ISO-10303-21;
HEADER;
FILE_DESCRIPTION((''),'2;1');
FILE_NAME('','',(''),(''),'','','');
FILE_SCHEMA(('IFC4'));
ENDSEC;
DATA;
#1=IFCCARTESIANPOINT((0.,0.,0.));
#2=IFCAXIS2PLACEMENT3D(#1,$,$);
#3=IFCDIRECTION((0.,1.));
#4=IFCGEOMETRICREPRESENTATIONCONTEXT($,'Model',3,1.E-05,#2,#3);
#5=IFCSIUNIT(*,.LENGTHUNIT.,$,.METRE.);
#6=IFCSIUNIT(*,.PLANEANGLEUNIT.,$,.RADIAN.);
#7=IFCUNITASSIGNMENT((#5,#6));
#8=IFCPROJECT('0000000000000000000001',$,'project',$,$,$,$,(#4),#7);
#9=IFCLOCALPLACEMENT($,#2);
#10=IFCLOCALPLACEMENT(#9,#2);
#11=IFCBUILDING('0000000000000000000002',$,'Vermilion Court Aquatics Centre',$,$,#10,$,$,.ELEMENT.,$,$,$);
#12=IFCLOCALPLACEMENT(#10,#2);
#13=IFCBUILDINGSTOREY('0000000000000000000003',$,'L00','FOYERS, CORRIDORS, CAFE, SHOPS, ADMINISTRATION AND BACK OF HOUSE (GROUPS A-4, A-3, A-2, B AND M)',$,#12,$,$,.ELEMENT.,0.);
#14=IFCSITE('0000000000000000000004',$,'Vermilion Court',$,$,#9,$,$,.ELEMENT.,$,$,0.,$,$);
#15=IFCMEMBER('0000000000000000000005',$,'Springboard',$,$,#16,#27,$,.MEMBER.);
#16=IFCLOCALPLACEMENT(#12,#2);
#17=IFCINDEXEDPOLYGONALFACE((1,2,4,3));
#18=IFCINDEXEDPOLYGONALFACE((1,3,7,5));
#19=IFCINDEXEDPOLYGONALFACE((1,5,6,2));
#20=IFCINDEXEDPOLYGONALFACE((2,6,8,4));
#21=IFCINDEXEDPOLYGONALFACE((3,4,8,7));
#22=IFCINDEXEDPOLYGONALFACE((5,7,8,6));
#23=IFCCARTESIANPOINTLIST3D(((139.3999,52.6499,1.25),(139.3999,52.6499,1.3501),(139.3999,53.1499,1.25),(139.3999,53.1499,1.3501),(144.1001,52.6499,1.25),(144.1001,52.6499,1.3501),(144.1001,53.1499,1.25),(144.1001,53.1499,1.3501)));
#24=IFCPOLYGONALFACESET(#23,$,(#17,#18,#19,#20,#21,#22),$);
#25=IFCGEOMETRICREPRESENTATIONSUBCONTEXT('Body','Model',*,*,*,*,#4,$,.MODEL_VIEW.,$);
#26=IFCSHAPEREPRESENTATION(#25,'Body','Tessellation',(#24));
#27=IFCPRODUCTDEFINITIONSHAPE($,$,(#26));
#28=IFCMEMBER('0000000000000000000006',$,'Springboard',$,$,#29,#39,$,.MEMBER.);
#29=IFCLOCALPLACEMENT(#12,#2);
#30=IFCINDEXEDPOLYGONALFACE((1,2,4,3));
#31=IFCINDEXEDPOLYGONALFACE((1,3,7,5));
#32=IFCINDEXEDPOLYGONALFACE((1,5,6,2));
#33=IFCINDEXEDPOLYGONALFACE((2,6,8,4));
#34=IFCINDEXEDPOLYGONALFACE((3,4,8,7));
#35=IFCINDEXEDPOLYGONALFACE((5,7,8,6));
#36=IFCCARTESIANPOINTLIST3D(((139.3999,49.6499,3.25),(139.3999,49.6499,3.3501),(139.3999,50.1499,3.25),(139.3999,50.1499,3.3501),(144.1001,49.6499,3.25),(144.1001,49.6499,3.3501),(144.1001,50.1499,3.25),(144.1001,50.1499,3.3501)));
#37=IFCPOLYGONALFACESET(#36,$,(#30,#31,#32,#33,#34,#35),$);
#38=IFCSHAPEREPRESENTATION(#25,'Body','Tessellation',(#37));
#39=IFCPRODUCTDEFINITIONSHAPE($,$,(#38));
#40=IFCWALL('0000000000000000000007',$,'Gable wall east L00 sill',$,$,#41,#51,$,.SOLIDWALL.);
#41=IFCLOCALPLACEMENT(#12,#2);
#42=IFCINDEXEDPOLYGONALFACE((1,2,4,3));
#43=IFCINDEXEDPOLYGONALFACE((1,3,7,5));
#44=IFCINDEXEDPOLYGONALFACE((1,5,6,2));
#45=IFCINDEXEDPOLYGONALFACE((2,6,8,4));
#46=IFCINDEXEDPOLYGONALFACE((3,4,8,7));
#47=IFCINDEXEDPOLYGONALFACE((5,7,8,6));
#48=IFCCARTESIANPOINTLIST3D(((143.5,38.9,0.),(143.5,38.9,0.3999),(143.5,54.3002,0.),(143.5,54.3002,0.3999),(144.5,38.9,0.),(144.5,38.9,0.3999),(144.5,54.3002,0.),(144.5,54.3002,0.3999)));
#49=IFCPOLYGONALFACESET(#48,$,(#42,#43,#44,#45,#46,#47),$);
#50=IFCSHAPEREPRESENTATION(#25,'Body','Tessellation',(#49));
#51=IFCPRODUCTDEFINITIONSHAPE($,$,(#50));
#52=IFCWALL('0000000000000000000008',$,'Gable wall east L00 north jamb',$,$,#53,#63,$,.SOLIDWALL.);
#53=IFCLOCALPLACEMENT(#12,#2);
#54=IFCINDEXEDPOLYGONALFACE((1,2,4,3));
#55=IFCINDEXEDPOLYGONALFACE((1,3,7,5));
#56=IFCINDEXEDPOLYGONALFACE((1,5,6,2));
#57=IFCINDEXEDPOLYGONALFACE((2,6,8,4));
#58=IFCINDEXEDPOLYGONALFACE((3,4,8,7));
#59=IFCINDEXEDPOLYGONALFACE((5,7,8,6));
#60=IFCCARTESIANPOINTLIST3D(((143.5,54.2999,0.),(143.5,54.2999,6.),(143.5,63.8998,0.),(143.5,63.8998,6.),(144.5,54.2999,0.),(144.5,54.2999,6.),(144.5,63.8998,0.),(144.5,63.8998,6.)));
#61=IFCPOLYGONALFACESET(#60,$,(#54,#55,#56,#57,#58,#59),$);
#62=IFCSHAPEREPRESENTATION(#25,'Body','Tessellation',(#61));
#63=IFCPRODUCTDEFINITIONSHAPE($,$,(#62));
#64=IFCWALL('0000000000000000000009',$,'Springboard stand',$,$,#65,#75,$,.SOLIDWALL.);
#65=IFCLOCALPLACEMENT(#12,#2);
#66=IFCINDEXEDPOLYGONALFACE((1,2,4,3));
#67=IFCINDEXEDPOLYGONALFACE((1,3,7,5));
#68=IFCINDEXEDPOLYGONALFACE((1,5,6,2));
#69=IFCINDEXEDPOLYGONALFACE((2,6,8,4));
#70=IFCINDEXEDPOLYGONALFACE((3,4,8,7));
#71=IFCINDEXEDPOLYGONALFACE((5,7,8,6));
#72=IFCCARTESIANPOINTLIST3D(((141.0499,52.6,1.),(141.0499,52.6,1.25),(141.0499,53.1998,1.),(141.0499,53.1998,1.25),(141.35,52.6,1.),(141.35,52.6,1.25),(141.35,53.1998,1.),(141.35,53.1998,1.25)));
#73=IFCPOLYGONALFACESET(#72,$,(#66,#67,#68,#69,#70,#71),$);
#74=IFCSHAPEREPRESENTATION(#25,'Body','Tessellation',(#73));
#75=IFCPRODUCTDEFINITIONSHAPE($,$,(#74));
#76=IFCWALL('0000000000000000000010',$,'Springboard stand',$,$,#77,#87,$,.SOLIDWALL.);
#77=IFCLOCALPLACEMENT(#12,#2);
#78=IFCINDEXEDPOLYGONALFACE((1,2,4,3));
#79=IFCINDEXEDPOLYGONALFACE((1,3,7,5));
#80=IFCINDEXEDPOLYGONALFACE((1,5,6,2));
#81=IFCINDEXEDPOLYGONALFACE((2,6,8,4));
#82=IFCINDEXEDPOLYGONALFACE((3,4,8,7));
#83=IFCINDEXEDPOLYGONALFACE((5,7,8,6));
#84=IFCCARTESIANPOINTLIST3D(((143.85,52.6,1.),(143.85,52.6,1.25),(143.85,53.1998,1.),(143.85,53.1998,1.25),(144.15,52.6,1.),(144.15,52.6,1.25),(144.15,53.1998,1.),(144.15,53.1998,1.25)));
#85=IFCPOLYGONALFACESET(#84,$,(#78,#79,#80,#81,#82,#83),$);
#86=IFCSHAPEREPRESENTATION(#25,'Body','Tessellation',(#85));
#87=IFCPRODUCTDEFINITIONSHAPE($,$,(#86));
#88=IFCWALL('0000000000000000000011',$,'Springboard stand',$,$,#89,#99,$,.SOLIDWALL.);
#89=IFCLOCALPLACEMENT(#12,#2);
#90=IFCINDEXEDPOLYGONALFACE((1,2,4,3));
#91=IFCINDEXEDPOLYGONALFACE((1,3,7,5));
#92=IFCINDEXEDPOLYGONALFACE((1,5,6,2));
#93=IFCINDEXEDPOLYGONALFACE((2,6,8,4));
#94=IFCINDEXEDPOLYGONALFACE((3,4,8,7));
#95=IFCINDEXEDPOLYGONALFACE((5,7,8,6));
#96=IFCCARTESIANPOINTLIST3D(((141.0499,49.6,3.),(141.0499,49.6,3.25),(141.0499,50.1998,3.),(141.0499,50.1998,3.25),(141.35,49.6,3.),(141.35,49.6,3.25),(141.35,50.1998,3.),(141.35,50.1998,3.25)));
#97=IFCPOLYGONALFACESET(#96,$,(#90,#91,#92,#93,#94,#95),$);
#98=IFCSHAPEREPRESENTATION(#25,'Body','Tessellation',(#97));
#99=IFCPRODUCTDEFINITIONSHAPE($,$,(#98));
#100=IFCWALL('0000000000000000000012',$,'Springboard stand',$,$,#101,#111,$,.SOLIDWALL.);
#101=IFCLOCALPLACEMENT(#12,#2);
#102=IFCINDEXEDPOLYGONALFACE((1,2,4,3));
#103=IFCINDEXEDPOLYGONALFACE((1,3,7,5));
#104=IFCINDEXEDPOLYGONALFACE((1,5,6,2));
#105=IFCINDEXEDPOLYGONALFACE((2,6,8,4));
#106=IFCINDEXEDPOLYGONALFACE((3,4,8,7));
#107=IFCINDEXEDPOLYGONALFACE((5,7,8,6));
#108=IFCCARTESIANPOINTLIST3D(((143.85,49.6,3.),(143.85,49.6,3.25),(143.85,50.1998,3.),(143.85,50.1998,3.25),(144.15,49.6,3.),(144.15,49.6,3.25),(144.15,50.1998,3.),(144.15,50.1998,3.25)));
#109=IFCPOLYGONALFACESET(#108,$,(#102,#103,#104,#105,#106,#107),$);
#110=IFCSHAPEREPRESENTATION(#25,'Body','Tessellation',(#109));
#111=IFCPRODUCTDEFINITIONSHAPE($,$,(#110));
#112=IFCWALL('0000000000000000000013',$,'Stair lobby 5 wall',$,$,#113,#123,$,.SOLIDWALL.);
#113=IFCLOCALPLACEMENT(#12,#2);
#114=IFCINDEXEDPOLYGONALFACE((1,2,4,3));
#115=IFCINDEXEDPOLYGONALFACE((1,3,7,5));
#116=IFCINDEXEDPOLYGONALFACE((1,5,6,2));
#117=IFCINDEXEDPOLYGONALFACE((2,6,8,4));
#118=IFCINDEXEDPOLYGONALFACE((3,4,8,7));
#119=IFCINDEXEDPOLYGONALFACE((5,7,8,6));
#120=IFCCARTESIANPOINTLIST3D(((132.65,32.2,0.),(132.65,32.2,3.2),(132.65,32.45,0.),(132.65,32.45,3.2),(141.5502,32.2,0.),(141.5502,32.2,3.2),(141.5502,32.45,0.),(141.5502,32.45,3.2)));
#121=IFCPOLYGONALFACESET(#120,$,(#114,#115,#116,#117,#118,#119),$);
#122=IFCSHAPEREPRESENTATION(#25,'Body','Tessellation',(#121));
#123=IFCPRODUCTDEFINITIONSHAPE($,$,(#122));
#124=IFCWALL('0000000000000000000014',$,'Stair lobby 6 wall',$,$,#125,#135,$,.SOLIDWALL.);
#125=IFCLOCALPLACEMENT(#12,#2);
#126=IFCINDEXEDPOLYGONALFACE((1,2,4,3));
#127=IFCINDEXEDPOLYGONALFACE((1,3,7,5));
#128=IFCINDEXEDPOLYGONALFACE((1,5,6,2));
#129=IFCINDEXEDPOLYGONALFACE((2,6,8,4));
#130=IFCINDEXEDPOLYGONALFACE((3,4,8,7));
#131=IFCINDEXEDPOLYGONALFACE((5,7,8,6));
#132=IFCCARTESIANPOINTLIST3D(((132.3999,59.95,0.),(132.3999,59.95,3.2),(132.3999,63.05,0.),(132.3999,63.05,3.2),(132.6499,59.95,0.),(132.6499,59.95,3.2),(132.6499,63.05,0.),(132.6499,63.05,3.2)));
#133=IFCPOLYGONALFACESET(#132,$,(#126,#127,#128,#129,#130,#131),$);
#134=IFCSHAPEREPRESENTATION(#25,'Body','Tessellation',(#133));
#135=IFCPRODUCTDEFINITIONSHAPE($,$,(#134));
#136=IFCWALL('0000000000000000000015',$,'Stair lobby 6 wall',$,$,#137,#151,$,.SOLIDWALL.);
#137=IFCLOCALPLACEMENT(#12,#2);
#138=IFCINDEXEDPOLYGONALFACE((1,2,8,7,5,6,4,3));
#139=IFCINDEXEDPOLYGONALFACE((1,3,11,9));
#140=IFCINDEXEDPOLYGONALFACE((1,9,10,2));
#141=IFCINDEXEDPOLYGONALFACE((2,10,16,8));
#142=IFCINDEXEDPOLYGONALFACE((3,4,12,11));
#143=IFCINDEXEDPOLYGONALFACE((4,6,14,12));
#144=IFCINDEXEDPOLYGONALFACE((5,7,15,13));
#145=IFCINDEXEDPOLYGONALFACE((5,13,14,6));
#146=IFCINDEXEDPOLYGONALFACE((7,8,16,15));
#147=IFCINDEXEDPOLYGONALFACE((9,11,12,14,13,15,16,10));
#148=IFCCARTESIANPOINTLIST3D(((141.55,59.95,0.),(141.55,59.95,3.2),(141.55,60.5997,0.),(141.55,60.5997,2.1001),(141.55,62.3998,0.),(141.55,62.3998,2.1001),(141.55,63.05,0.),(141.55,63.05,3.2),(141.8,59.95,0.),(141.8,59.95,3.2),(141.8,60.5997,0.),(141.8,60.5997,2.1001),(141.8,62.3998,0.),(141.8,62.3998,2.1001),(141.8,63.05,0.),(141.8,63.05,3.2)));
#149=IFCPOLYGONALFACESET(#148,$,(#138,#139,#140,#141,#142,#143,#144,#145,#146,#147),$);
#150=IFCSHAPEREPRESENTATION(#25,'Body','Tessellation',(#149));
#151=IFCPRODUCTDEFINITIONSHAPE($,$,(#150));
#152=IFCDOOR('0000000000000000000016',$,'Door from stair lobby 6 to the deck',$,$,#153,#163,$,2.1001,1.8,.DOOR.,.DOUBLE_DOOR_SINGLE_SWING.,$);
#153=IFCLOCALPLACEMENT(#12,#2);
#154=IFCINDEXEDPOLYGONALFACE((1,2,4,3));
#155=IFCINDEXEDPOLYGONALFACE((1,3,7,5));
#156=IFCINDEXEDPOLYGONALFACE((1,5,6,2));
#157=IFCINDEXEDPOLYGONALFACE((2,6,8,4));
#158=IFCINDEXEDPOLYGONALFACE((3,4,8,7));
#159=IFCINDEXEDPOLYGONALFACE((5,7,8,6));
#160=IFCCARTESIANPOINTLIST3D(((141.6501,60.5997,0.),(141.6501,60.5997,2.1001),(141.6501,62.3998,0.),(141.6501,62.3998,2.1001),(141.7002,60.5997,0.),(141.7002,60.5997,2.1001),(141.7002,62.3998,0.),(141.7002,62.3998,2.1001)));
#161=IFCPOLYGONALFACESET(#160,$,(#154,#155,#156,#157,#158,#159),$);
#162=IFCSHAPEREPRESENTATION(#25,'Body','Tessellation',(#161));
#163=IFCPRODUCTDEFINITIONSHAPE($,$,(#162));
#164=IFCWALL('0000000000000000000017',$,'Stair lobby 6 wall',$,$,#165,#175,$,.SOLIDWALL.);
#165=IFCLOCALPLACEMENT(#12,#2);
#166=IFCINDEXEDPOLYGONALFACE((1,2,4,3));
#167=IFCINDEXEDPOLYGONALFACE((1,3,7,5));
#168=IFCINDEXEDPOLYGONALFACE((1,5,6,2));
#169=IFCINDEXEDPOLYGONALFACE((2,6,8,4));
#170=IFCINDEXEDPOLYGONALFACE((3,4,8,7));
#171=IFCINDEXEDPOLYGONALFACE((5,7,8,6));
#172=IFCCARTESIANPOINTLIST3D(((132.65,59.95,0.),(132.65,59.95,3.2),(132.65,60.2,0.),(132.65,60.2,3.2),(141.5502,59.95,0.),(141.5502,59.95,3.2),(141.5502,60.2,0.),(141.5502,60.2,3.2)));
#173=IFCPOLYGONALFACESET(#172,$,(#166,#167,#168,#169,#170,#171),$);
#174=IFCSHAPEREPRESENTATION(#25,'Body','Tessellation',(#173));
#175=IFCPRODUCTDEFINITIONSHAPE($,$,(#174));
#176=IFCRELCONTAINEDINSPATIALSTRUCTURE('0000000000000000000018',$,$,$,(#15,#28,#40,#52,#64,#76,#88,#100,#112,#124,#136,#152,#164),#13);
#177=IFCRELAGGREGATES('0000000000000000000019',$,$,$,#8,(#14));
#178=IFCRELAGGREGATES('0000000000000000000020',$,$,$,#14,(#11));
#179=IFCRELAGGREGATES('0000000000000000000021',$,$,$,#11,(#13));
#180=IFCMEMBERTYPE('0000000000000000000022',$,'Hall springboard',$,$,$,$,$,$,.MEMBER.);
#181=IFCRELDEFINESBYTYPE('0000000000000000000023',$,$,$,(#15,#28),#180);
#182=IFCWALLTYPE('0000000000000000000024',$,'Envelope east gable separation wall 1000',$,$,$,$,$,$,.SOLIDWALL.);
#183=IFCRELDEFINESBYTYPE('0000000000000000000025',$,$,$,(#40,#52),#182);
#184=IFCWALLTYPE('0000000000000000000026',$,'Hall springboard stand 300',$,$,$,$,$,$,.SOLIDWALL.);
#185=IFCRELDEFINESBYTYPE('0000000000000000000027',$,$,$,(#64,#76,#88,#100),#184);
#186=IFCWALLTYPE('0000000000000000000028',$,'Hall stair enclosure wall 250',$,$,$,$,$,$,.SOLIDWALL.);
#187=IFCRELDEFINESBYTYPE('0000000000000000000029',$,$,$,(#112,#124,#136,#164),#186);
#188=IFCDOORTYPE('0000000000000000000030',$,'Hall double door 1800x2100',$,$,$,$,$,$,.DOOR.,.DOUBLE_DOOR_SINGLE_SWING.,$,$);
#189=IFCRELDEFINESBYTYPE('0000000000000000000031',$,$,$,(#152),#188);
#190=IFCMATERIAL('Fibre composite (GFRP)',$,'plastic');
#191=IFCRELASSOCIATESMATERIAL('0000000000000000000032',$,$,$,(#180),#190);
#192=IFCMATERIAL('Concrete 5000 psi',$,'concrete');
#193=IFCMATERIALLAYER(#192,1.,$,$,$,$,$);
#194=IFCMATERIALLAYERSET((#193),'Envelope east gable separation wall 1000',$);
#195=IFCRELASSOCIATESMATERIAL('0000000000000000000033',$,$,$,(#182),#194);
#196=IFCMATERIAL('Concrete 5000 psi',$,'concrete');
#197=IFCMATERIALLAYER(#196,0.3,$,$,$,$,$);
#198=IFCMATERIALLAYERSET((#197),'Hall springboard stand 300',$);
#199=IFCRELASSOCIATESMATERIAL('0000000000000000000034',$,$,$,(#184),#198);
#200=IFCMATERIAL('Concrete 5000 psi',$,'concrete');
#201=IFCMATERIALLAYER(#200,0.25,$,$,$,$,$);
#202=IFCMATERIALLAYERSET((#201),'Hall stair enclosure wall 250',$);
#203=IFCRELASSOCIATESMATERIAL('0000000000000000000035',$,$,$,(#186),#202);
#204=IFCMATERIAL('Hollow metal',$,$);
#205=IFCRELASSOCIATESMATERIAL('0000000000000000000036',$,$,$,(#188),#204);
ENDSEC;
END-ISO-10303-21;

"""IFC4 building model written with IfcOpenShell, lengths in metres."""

from ifc_helpers import new_model, si_unit, direction, frame, frame_2d, origin, origin_2d, place, context, subcontext, project, spatial, rectangle, extrude, material, layer, layer_set, material_profile, profile_set, type_object, element, fill, save


model = new_model("IFC4")

# Units and contexts
model_context = context("Model", 3, precision=1e-05, world=origin(), true_north=direction((0.0, 1.0)))
body_context = subcontext(model_context, "Body", "Model", "MODEL_VIEW")
ifc_project = project(units=[si_unit("LENGTHUNIT", "METRE"), si_unit("PLANEANGLEUNIT", "RADIAN")], contexts=[model_context])

# Site, building, storey
site_placement = place(None, origin())
site = spatial("IfcSite", under=ifc_project, at=site_placement, Name="Vermilion Court", CompositionType="ELEMENT", RefElevation=0.0)
building_placement = place(site_placement, origin())
building = spatial("IfcBuilding", under=site, at=building_placement, Name="Vermilion Court Aquatics Centre", CompositionType="ELEMENT")
storey_placement = place(building_placement, origin())
storey = spatial("IfcBuildingStorey", under=building, at=storey_placement, Name="L00", Description="FOYERS, CORRIDORS, CAFE, SHOPS, ADMINISTRATION AND BACK OF HOUSE (GROUPS A-4, A-3, A-2, B AND M)", CompositionType="ELEMENT", Elevation=0.0)

# Members
ifc_material_1 = material(Name="Fibre composite (GFRP)", Category="plastic")
ifc_material_profile = material_profile(ifc_material_1, rectangle(XDim=0.5, YDim=0.1001, at=origin_2d()), Name="Springboard 500x100")
ifc_profile_set = profile_set([ifc_material_profile], Name="Fibre composite (GFRP)")
member_type = type_object("IfcMemberType", Name="Hall springboard", PredefinedType="MEMBER", material=ifc_profile_set)
for number, where, z_axis, x_axis, name in (
    (1, (139.3999, 52.8999, 1.3), (1.0, 0.0, 0.0), (0.0, 1.0, 0.0), "Springboard"),
    (2, (139.3999, 49.8999, 3.3), (1.0, 0.0, 0.0), (0.0, 1.0, 0.0), "Springboard"),
):
    element("IfcMember", number, at=place(storey_placement, frame(where, z_axis=z_axis, x_axis=x_axis)), inside=storey, type_object=member_type, Name=name, PredefinedType="MEMBER", context=body_context, shape_type="SweptSolid", body=[
        extrude(rectangle(XDim=0.5, YDim=0.1001, at=origin_2d()), origin(), (0.0, 0.0, 1.0), 4.7002),
    ])

# Walls
ifc_material_2 = material(Name="Concrete 5000 psi", Category="concrete")
ifc_layer_1 = layer(ifc_material_2, 1.0)
ifc_layer_set_1 = layer_set([ifc_layer_1], Name="Envelope east gable separation wall 1000")
wall_type_1 = type_object("IfcWallType", Name="Envelope east gable separation wall 1000", PredefinedType="SOLIDWALL", material=ifc_layer_set_1)
wall_1_placement = place(storey_placement, frame((144.0, 38.8999, 0.0), z_axis=(0.0, 0.0, 1.0), x_axis=(0.0, 1.0, 0.0)))
element("IfcWall", 3, at=wall_1_placement, inside=storey, type_object=wall_type_1, Name="Gable wall east L00 sill", PredefinedType="SOLIDWALL", context=body_context, shape_type="SweptSolid", body=[
    extrude(rectangle(XDim=15.4001, YDim=1.0, at=frame_2d((7.7002, 0.0))), origin(), (0.0, 0.0, 1.0), 0.3999),
])
wall_2_placement = place(storey_placement, frame((144.0, 54.3, 0.0), z_axis=(0.0, 0.0, 1.0), x_axis=(0.0, 1.0, 0.0)))
element("IfcWall", 4, at=wall_2_placement, inside=storey, type_object=wall_type_1, Name="Gable wall east L00 north jamb", PredefinedType="SOLIDWALL", context=body_context, shape_type="SweptSolid", body=[
    extrude(rectangle(XDim=9.5999, YDim=1.0, at=frame_2d((4.7998, 0.0))), origin(), (0.0, 0.0, 1.0), 6.0),
])
ifc_material_3 = material(Name="Concrete 5000 psi", Category="concrete")
ifc_layer_2 = layer(ifc_material_3, 0.3)
ifc_layer_set_2 = layer_set([ifc_layer_2], Name="Hall springboard stand 300")
wall_type_2 = type_object("IfcWallType", Name="Hall springboard stand 300", PredefinedType="SOLIDWALL", material=ifc_layer_set_2)
for number, where, z_axis, x_axis, name in (
    (5, (141.2, 52.6001, 1.0), (0.0, 0.0, 1.0), (0.0, 1.0, 0.0), "Springboard stand"),
    (6, (144.0, 52.6001, 1.0), (0.0, 0.0, 1.0), (0.0, 1.0, 0.0), "Springboard stand"),
    (7, (141.2, 49.6001, 3.0), (0.0, 0.0, 1.0), (0.0, 1.0, 0.0), "Springboard stand"),
    (8, (144.0, 49.6001, 3.0), (0.0, 0.0, 1.0), (0.0, 1.0, 0.0), "Springboard stand"),
):
    element("IfcWall", number, at=place(storey_placement, frame(where, z_axis=z_axis, x_axis=x_axis)), inside=storey, type_object=wall_type_2, Name=name, PredefinedType="SOLIDWALL", context=body_context, shape_type="SweptSolid", body=[
        extrude(rectangle(XDim=0.5999, YDim=0.3, at=frame_2d((0.2998, 0.0))), origin(), (0.0, 0.0, 1.0), 0.25),
    ])
ifc_material_4 = material(Name="Concrete 5000 psi", Category="concrete")
ifc_layer_3 = layer(ifc_material_4, 0.25)
ifc_layer_set_3 = layer_set([ifc_layer_3], Name="Hall stair enclosure wall 250")
wall_type_3 = type_object("IfcWallType", Name="Hall stair enclosure wall 250", PredefinedType="SOLIDWALL", material=ifc_layer_set_3)
wall_3_placement = place(storey_placement, frame((132.6499, 32.325, 0.0), z_axis=(0.0, 0.0, 1.0), x_axis=(1.0, 0.0, 0.0)))
element("IfcWall", 9, at=wall_3_placement, inside=storey, type_object=wall_type_3, Name="Stair lobby 5 wall", PredefinedType="SOLIDWALL", context=body_context, shape_type="SweptSolid", body=[
    extrude(rectangle(XDim=8.9001, YDim=0.25, at=frame_2d((4.4502, 0.0))), origin(), (0.0, 0.0, 1.0), 3.2),
])
wall_4_placement = place(storey_placement, frame((132.5249, 59.95, 0.0), z_axis=(0.0, 0.0, 1.0), x_axis=(0.0, 1.0, 0.0)))
element("IfcWall", 10, at=wall_4_placement, inside=storey, type_object=wall_type_3, Name="Stair lobby 6 wall", PredefinedType="SOLIDWALL", context=body_context, shape_type="SweptSolid", body=[
    extrude(rectangle(XDim=3.1001, YDim=0.25, at=frame_2d((1.55, 0.0))), origin(), (0.0, 0.0, 1.0), 3.2),
])

# Wall, opening, door
wall_5_placement = place(storey_placement, frame((141.675, 59.95, 0.0), z_axis=(0.0, 0.0, 1.0), x_axis=(0.0, 1.0, 0.0)))
wall_5 = element("IfcWall", 11, at=wall_5_placement, inside=storey, type_object=wall_type_3, Name="Stair lobby 6 wall", PredefinedType="SOLIDWALL", context=body_context, shape_type="SweptSolid", body=[
    extrude(rectangle(XDim=3.1001, YDim=0.25, at=frame_2d((1.55, 0.0))), origin(), (0.0, 0.0, 1.0), 3.2),
])
opening_placement = place(wall_5_placement, frame((0.6499, 0.0, 0.0)))
opening = element("IfcOpeningElement", 12, at=opening_placement, cuts=wall_5, PredefinedType="OPENING", context=body_context, shape_type="SweptSolid", body=[
    extrude(rectangle(XDim=1.8, YDim=2.1001, at=frame_2d((0.8999, 1.05))), frame((0.0, 0.135, 0.0), z_axis=(0.0, -1.0, 0.0), x_axis=(1.0, 0.0, 0.0)), (0.0, 0.0, 1.0), 0.27),
])
ifc_material_5 = material(Name="Hollow metal")
door_type = type_object("IfcDoorType", Name="Hall double door 1800x2100", OperationType="DOUBLE_DOOR_SINGLE_SWING", PredefinedType="DOOR", material=ifc_material_5)
door_placement = place(opening_placement, origin())
door = element("IfcDoor", 13, at=door_placement, inside=storey, type_object=door_type, Name="Door from stair lobby 6 to the deck", OperationType="DOUBLE_DOOR_SINGLE_SWING", OverallHeight=2.1001, OverallWidth=1.8, PredefinedType="DOOR", context=body_context, shape_type="SweptSolid", body=[
    extrude(rectangle(XDim=1.8, YDim=2.1001, at=frame_2d((0.8999, 1.05))), frame((0.0, 0.0249, 0.0), z_axis=(0.0, -1.0, 0.0), x_axis=(1.0, 0.0, 0.0)), (0.0, 0.0, 1.0), 0.05),
])
fill(opening, door)

# Wall
wall_6_placement = place(storey_placement, frame((132.6499, 60.075, 0.0), z_axis=(0.0, 0.0, 1.0), x_axis=(1.0, 0.0, 0.0)))
element("IfcWall", 14, at=wall_6_placement, inside=storey, type_object=wall_type_3, Name="Stair lobby 6 wall", PredefinedType="SOLIDWALL", context=body_context, shape_type="SweptSolid", body=[
    extrude(rectangle(XDim=8.9001, YDim=0.25, at=frame_2d((4.4502, 0.0))), origin(), (0.0, 0.0, 1.0), 3.2),
])

save(model, "model.ifc")
